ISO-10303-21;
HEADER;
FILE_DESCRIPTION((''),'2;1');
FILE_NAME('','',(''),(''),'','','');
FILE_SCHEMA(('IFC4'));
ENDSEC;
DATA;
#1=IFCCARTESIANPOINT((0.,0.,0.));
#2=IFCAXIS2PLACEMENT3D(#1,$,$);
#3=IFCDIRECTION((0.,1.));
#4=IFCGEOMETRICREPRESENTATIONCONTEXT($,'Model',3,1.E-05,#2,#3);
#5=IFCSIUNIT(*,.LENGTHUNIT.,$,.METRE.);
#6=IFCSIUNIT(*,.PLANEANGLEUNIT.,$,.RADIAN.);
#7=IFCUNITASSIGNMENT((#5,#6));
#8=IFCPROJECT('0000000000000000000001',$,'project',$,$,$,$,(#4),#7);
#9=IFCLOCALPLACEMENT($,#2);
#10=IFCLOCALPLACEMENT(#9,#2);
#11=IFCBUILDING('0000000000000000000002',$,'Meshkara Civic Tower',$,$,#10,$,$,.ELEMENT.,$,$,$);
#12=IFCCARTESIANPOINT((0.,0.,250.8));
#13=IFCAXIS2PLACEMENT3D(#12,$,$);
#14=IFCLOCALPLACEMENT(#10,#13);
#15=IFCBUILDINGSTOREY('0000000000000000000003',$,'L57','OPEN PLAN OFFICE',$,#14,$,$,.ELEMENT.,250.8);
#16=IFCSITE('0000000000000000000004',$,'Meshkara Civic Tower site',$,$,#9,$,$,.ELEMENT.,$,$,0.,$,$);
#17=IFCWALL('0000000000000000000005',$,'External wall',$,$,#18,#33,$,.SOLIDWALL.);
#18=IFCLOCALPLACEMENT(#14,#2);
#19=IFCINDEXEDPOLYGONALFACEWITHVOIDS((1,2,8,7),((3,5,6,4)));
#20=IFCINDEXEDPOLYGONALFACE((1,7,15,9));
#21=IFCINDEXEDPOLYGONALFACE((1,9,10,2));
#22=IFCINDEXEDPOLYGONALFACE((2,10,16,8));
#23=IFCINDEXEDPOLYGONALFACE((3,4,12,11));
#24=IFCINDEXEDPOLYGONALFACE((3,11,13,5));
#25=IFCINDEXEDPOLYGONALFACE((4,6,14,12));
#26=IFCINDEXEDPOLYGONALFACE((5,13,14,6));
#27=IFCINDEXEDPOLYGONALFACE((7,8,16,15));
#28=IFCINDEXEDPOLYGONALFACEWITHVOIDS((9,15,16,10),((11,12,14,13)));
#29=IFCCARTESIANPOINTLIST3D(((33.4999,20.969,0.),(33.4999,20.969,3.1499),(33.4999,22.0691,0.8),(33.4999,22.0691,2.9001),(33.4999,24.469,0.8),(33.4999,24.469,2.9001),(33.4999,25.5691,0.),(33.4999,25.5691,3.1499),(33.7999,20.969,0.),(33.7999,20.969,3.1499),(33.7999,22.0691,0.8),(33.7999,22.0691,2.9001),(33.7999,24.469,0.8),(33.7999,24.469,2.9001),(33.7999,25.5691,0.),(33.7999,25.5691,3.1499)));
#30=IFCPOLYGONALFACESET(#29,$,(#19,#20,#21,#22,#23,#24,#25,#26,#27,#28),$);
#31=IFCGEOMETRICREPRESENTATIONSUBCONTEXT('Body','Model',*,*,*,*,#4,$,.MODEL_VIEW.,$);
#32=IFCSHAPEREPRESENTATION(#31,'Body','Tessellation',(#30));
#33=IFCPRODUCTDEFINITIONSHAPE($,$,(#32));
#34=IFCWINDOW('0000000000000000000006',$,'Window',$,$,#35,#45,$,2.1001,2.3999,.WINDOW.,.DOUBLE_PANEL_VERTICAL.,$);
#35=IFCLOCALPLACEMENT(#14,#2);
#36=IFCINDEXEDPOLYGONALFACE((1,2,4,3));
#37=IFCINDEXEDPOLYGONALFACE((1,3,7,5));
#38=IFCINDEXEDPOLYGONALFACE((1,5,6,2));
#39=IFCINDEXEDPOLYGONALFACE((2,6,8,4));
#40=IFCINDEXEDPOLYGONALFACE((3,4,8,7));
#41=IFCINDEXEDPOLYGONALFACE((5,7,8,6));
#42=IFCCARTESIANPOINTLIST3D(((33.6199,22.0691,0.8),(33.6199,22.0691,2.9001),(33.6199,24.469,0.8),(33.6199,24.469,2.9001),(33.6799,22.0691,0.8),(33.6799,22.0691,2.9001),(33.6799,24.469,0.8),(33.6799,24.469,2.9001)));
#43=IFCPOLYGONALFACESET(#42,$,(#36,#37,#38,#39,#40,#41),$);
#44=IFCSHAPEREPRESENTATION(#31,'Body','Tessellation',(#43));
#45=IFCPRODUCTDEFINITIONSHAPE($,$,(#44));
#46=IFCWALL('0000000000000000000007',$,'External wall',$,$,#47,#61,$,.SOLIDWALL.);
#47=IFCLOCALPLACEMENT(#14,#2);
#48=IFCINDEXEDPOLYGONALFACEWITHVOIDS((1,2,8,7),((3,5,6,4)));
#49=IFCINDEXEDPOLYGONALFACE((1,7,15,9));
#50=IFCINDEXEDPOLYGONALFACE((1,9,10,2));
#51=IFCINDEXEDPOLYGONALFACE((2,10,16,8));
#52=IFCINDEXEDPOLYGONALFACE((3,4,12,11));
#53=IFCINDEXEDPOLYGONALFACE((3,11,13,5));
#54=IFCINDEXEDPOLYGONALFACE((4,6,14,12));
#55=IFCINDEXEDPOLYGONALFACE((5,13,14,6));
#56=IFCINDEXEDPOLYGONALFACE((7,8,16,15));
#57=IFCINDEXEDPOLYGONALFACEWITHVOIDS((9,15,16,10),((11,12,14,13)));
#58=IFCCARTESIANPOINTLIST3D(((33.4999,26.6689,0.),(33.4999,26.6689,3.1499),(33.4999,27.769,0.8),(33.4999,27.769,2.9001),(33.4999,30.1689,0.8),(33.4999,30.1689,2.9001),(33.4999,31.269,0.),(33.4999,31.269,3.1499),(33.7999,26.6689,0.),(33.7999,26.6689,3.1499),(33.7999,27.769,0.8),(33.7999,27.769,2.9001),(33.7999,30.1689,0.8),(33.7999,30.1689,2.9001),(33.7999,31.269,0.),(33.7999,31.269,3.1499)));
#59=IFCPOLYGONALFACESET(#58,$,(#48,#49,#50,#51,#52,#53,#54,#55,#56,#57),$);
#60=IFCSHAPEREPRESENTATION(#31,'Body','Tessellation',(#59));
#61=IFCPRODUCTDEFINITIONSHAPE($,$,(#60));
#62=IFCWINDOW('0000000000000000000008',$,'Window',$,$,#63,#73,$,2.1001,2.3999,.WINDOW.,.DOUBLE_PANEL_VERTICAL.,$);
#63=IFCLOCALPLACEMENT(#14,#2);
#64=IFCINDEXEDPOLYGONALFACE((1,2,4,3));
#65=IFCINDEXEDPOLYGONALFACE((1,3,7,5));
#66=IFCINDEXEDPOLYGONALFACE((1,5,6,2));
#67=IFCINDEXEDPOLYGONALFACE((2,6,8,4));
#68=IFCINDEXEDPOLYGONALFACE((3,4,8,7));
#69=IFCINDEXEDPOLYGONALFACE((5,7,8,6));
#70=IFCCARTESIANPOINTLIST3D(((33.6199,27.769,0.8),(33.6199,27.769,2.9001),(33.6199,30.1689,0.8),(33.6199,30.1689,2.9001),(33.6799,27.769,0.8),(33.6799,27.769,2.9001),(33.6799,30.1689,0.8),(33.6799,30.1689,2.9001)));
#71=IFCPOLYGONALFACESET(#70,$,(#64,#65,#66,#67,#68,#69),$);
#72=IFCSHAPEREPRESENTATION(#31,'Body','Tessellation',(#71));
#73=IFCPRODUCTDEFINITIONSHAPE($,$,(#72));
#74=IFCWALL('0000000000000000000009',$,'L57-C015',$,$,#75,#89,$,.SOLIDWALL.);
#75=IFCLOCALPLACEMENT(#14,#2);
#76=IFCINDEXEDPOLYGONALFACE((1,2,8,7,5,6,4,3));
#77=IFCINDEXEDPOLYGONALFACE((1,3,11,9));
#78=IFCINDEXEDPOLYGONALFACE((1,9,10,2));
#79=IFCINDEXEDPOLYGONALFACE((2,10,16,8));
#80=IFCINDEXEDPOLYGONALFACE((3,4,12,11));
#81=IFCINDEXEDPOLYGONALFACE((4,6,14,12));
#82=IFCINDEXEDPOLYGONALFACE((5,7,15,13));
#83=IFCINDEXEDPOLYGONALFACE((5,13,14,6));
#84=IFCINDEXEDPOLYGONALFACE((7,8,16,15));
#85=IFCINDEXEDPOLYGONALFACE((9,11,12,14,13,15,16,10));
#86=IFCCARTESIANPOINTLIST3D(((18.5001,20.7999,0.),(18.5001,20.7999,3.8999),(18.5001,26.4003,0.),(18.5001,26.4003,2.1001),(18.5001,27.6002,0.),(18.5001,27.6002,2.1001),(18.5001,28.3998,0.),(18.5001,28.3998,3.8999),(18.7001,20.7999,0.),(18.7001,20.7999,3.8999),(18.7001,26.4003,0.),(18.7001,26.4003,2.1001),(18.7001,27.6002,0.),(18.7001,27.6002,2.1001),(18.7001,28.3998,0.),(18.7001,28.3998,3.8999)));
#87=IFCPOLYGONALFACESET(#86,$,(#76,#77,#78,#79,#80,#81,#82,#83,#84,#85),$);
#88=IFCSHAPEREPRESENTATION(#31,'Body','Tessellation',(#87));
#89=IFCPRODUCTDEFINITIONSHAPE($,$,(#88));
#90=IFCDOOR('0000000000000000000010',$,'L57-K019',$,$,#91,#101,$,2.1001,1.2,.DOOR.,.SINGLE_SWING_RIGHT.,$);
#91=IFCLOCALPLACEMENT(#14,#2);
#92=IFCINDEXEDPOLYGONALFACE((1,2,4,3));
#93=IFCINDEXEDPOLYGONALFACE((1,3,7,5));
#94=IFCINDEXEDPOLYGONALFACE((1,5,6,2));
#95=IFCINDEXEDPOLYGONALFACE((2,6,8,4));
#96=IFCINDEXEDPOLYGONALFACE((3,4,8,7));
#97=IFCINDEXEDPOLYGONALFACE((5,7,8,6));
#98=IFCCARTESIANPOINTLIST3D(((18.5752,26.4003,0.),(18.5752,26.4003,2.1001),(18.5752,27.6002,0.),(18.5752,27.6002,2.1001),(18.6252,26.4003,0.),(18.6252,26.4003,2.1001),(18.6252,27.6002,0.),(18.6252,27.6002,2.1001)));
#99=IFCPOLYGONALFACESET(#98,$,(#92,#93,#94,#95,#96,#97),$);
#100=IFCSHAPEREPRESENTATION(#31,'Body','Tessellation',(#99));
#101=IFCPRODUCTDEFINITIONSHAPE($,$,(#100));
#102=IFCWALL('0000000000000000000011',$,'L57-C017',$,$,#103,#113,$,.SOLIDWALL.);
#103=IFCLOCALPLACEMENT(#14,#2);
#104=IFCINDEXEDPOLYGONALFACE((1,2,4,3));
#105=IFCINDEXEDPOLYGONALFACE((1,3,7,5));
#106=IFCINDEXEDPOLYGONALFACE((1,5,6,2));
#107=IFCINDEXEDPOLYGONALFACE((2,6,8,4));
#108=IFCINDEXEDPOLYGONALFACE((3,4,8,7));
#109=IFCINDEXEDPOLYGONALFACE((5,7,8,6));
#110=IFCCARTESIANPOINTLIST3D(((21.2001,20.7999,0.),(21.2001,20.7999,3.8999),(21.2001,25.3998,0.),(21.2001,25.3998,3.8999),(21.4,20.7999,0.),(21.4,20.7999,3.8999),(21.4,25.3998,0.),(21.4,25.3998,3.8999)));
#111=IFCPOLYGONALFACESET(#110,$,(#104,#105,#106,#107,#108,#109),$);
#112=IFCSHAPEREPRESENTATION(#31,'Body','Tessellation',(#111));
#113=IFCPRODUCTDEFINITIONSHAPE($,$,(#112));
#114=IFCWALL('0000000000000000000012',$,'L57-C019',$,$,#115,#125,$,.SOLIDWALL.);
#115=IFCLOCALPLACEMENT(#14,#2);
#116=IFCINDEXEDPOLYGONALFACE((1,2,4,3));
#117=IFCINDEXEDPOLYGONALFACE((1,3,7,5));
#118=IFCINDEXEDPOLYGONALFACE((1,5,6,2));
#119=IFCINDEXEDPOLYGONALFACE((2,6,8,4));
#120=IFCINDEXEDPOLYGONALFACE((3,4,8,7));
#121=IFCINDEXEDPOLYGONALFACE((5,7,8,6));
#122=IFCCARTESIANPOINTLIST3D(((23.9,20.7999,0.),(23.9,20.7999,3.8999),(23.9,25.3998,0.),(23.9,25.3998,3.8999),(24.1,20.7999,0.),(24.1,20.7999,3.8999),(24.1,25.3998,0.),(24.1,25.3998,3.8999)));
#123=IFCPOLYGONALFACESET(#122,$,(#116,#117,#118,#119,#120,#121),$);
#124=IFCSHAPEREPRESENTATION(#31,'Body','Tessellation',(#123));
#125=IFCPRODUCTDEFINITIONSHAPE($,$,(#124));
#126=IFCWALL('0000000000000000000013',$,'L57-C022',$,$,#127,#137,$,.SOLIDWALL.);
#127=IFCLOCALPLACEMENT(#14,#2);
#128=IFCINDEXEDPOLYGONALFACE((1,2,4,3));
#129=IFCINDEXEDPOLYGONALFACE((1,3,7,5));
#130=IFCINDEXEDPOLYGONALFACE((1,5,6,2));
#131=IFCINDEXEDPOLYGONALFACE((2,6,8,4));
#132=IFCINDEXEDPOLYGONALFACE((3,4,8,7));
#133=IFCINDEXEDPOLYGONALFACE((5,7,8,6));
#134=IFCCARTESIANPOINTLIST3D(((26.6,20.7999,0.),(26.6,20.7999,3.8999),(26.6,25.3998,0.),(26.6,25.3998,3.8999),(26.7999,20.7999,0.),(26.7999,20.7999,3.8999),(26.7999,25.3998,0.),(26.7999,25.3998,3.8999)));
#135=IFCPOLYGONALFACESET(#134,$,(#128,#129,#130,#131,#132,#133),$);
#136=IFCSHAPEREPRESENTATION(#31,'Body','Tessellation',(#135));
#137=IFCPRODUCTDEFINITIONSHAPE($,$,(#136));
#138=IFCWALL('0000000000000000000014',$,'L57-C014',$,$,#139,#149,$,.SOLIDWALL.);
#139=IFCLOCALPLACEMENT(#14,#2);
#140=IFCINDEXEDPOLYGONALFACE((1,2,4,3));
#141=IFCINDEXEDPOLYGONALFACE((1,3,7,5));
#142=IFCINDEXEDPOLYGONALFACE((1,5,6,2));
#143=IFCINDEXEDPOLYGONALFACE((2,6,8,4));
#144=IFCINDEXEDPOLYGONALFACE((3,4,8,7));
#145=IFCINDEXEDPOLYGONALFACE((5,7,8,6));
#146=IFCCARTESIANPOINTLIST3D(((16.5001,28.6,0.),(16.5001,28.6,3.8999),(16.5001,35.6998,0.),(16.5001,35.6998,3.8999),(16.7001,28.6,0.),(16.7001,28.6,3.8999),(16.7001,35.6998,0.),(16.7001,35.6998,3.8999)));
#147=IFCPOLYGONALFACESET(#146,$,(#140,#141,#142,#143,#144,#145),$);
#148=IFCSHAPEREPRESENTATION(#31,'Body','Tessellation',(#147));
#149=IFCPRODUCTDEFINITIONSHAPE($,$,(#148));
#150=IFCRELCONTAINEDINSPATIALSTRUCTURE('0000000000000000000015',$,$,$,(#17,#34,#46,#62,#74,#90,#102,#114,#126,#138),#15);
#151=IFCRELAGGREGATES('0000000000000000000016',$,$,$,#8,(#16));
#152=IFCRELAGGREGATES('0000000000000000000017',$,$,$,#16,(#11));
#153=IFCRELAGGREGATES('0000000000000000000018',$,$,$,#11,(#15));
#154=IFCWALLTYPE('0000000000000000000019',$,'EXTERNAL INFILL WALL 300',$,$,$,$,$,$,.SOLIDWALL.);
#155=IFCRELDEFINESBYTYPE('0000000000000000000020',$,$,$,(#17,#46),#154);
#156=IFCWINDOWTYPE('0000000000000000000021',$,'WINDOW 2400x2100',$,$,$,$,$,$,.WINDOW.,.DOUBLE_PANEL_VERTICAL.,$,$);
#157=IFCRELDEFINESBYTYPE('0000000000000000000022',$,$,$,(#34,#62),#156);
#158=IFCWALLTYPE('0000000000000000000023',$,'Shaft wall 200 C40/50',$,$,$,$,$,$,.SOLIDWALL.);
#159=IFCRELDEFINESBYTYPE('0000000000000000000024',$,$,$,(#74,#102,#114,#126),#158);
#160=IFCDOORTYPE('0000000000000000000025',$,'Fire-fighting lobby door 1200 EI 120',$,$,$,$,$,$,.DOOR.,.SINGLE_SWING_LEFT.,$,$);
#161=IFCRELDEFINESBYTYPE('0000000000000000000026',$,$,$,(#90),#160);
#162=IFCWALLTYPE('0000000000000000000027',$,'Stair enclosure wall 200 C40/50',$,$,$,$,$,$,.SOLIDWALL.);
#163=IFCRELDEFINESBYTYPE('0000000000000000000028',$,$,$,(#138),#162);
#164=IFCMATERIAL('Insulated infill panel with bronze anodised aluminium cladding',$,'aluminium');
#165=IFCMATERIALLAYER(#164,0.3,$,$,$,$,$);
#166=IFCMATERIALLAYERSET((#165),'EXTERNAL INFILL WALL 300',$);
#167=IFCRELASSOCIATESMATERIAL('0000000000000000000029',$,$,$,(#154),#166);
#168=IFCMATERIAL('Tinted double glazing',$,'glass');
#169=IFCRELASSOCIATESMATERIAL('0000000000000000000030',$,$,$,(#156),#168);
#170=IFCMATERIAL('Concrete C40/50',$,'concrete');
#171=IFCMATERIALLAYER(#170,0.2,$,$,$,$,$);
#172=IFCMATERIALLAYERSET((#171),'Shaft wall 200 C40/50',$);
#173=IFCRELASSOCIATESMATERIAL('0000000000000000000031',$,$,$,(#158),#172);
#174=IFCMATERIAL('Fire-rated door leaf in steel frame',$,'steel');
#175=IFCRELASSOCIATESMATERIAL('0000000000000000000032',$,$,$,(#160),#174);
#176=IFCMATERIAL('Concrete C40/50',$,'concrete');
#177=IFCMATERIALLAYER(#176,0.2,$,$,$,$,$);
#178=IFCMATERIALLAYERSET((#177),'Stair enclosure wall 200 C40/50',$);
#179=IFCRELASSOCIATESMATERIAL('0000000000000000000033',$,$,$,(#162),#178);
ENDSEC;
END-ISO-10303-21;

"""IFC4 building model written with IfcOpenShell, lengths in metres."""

from ifc_helpers import new_model, si_unit, direction, frame, frame_2d, origin, place, context, subcontext, project, spatial, rectangle, extrude, material, layer, layer_set, type_object, element, fill, save


model = new_model("IFC4")

# Units and contexts
model_context = context("Model", 3, precision=1e-05, world=origin(), true_north=direction((0.0, 1.0)))
body_context = subcontext(model_context, "Body", "Model", "MODEL_VIEW")
ifc_project = project(units=[si_unit("LENGTHUNIT", "METRE"), si_unit("PLANEANGLEUNIT", "RADIAN")], contexts=[model_context])

# Site, building, storey
site_placement = place(None, origin())
site = spatial("IfcSite", under=ifc_project, at=site_placement, Name="Meshkara Civic Tower site", CompositionType="ELEMENT", RefElevation=0.0)
building_placement = place(site_placement, origin())
building = spatial("IfcBuilding", under=site, at=building_placement, Name="Meshkara Civic Tower", CompositionType="ELEMENT")
storey_placement = place(building_placement, frame((0.0, 0.0, 250.8)))
storey = spatial("IfcBuildingStorey", under=building, at=storey_placement, Name="L57", Description="OPEN PLAN OFFICE", CompositionType="ELEMENT", Elevation=250.8)

# Walls, openings, windows
ifc_material_1 = material(Name="Insulated infill panel with bronze anodised aluminium cladding", Category="aluminium")
ifc_layer_1 = layer(ifc_material_1, 0.3)
ifc_layer_set_1 = layer_set([ifc_layer_1], Name="EXTERNAL INFILL WALL 300")
wall_type_1 = type_object("IfcWallType", Name="EXTERNAL INFILL WALL 300", PredefinedType="SOLIDWALL", material=ifc_layer_set_1)
ifc_material_2 = material(Name="Tinted double glazing", Category="glass")
window_type = type_object("IfcWindowType", Name="WINDOW 2400x2100", PartitioningType="DOUBLE_PANEL_VERTICAL", PredefinedType="WINDOW", material=ifc_material_2)
wall_1_placement = place(storey_placement, frame((33.6499, 20.969, 0.0), z_axis=(0.0, 0.0, 1.0), x_axis=(0.0, 1.0, 0.0)))
wall_1 = element("IfcWall", 1, at=wall_1_placement, inside=storey, type_object=wall_type_1, Name="External wall", PredefinedType="SOLIDWALL", context=body_context, shape_type="SweptSolid", body=[
    extrude(rectangle(XDim=4.6001, YDim=0.3, at=frame_2d((2.3, 0.0))), origin(), (0.0, 0.0, 1.0), 3.1499),
])
opening_1_placement = place(wall_1_placement, frame((1.1001, 0.0, 0.8)))
opening_1 = element("IfcOpeningElement", 2, at=opening_1_placement, cuts=wall_1, PredefinedType="OPENING", context=body_context, shape_type="SweptSolid", body=[
    extrude(rectangle(XDim=2.3999, YDim=2.1001, at=frame_2d((1.2, 1.05))), frame((0.0, 0.1599, 0.0), z_axis=(0.0, -1.0, 0.0), x_axis=(1.0, 0.0, 0.0)), (0.0, 0.0, 1.0), 0.3201),
])
window_1_placement = place(opening_1_placement, origin())
window_1 = element("IfcWindow", 3, at=window_1_placement, inside=storey, type_object=window_type, Name="Window", OverallHeight=2.1001, OverallWidth=2.3999, PartitioningType="DOUBLE_PANEL_VERTICAL", PredefinedType="WINDOW", context=body_context, shape_type="SweptSolid", body=[
    extrude(rectangle(XDim=2.3999, YDim=2.1001, at=frame_2d((1.2, 1.05))), frame((0.0, 0.03, 0.0), z_axis=(0.0, -1.0, 0.0), x_axis=(1.0, 0.0, 0.0)), (0.0, 0.0, 1.0), 0.0601),
])
fill(opening_1, window_1)
wall_2_placement = place(storey_placement, frame((33.6499, 26.6689, 0.0), z_axis=(0.0, 0.0, 1.0), x_axis=(0.0, 1.0, 0.0)))
wall_2 = element("IfcWall", 4, at=wall_2_placement, inside=storey, type_object=wall_type_1, Name="External wall", PredefinedType="SOLIDWALL", context=body_context, shape_type="SweptSolid", body=[
    extrude(rectangle(XDim=4.6001, YDim=0.3, at=frame_2d((2.3, 0.0))), origin(), (0.0, 0.0, 1.0), 3.1499),
])
opening_2_placement = place(wall_2_placement, frame((1.1001, 0.0, 0.8)))
opening_2 = element("IfcOpeningElement", 5, at=opening_2_placement, cuts=wall_2, PredefinedType="OPENING", context=body_context, shape_type="SweptSolid", body=[
    extrude(rectangle(XDim=2.3999, YDim=2.1001, at=frame_2d((1.2, 1.05))), frame((0.0, 0.1599, 0.0), z_axis=(0.0, -1.0, 0.0), x_axis=(1.0, 0.0, 0.0)), (0.0, 0.0, 1.0), 0.3201),
])
window_2_placement = place(opening_2_placement, origin())
window_2 = element("IfcWindow", 6, at=window_2_placement, inside=storey, type_object=window_type, Name="Window", OverallHeight=2.1001, OverallWidth=2.3999, PartitioningType="DOUBLE_PANEL_VERTICAL", PredefinedType="WINDOW", context=body_context, shape_type="SweptSolid", body=[
    extrude(rectangle(XDim=2.3999, YDim=2.1001, at=frame_2d((1.2, 1.05))), frame((0.0, 0.03, 0.0), z_axis=(0.0, -1.0, 0.0), x_axis=(1.0, 0.0, 0.0)), (0.0, 0.0, 1.0), 0.0601),
])
fill(opening_2, window_2)

# Wall, opening, door
ifc_material_3 = material(Name="Concrete C40/50", Category="concrete")
ifc_layer_2 = layer(ifc_material_3, 0.2)
ifc_layer_set_2 = layer_set([ifc_layer_2], Name="Shaft wall 200 C40/50")
wall_type_2 = type_object("IfcWallType", Name="Shaft wall 200 C40/50", PredefinedType="SOLIDWALL", material=ifc_layer_set_2)
wall_3_placement = place(storey_placement, frame((18.6001, 20.8, 0.0), z_axis=(0.0, 0.0, 1.0), x_axis=(0.0, 1.0, 0.0)))
wall_3 = element("IfcWall", 7, at=wall_3_placement, inside=storey, type_object=wall_type_2, Name="L57-C015", PredefinedType="SOLIDWALL", context=body_context, shape_type="SweptSolid", body=[
    extrude(rectangle(XDim=7.5999, YDim=0.2, at=frame_2d((3.7998, 0.0))), origin(), (0.0, 0.0, 1.0), 3.8999),
])
opening_3_placement = place(wall_3_placement, frame((5.6001, 0.0, 0.0)))
opening_3 = element("IfcOpeningElement", 8, at=opening_3_placement, cuts=wall_3, PredefinedType="OPENING", context=body_context, shape_type="SweptSolid", body=[
    extrude(rectangle(XDim=1.2, YDim=2.1001, at=frame_2d((0.6001, 1.05))), frame((0.0, 0.1099, 0.0), z_axis=(0.0, -1.0, 0.0), x_axis=(1.0, 0.0, 0.0)), (0.0, 0.0, 1.0), 0.22),
])
ifc_material_4 = material(Name="Fire-rated door leaf in steel frame", Category="steel")
door_type = type_object("IfcDoorType", Name="Fire-fighting lobby door 1200 EI 120", OperationType="SINGLE_SWING_LEFT", PredefinedType="DOOR", material=ifc_material_4)
door_placement = place(opening_3_placement, origin())
door = element("IfcDoor", 9, at=door_placement, inside=storey, type_object=door_type, Name="L57-K019", OperationType="SINGLE_SWING_RIGHT", OverallHeight=2.1001, OverallWidth=1.2, PredefinedType="DOOR", context=body_context, shape_type="SweptSolid", body=[
    extrude(rectangle(XDim=1.2, YDim=2.1001, at=frame_2d((0.6001, 1.05))), frame((0.0, 0.0249, 0.0), z_axis=(0.0, -1.0, 0.0), x_axis=(1.0, 0.0, 0.0)), (0.0, 0.0, 1.0), 0.05),
])
fill(opening_3, door)

# Walls
for number, where, z_axis, x_axis, name in (
    (10, (21.3, 20.8, 0.0), (0.0, 0.0, 1.0), (0.0, 1.0, 0.0), "L57-C017"),
    (11, (24.0, 20.8, 0.0), (0.0, 0.0, 1.0), (0.0, 1.0, 0.0), "L57-C019"),
    (12, (26.7, 20.8, 0.0), (0.0, 0.0, 1.0), (0.0, 1.0, 0.0), "L57-C022"),
):
    element("IfcWall", number, at=place(storey_placement, frame(where, z_axis=z_axis, x_axis=x_axis)), inside=storey, type_object=wall_type_2, Name=name, PredefinedType="SOLIDWALL", context=body_context, shape_type="SweptSolid", body=[
        extrude(rectangle(XDim=4.5999, YDim=0.2, at=frame_2d((2.2998, 0.0))), origin(), (0.0, 0.0, 1.0), 3.8999),
    ])
ifc_material_5 = material(Name="Concrete C40/50", Category="concrete")
ifc_layer_3 = layer(ifc_material_5, 0.2)
ifc_layer_set_3 = layer_set([ifc_layer_3], Name="Stair enclosure wall 200 C40/50")
wall_type_3 = type_object("IfcWallType", Name="Stair enclosure wall 200 C40/50", PredefinedType="SOLIDWALL", material=ifc_layer_set_3)
wall_4_placement = place(storey_placement, frame((16.6001, 28.6001, 0.0), z_axis=(0.0, 0.0, 1.0), x_axis=(0.0, 1.0, 0.0)))
element("IfcWall", 13, at=wall_4_placement, inside=storey, type_object=wall_type_3, Name="L57-C014", PredefinedType="SOLIDWALL", context=body_context, shape_type="SweptSolid", body=[
    extrude(rectangle(XDim=7.0999, YDim=0.2, at=frame_2d((3.5498, 0.0))), origin(), (0.0, 0.0, 1.0), 3.8999),
])

save(model, "model.ifc")
